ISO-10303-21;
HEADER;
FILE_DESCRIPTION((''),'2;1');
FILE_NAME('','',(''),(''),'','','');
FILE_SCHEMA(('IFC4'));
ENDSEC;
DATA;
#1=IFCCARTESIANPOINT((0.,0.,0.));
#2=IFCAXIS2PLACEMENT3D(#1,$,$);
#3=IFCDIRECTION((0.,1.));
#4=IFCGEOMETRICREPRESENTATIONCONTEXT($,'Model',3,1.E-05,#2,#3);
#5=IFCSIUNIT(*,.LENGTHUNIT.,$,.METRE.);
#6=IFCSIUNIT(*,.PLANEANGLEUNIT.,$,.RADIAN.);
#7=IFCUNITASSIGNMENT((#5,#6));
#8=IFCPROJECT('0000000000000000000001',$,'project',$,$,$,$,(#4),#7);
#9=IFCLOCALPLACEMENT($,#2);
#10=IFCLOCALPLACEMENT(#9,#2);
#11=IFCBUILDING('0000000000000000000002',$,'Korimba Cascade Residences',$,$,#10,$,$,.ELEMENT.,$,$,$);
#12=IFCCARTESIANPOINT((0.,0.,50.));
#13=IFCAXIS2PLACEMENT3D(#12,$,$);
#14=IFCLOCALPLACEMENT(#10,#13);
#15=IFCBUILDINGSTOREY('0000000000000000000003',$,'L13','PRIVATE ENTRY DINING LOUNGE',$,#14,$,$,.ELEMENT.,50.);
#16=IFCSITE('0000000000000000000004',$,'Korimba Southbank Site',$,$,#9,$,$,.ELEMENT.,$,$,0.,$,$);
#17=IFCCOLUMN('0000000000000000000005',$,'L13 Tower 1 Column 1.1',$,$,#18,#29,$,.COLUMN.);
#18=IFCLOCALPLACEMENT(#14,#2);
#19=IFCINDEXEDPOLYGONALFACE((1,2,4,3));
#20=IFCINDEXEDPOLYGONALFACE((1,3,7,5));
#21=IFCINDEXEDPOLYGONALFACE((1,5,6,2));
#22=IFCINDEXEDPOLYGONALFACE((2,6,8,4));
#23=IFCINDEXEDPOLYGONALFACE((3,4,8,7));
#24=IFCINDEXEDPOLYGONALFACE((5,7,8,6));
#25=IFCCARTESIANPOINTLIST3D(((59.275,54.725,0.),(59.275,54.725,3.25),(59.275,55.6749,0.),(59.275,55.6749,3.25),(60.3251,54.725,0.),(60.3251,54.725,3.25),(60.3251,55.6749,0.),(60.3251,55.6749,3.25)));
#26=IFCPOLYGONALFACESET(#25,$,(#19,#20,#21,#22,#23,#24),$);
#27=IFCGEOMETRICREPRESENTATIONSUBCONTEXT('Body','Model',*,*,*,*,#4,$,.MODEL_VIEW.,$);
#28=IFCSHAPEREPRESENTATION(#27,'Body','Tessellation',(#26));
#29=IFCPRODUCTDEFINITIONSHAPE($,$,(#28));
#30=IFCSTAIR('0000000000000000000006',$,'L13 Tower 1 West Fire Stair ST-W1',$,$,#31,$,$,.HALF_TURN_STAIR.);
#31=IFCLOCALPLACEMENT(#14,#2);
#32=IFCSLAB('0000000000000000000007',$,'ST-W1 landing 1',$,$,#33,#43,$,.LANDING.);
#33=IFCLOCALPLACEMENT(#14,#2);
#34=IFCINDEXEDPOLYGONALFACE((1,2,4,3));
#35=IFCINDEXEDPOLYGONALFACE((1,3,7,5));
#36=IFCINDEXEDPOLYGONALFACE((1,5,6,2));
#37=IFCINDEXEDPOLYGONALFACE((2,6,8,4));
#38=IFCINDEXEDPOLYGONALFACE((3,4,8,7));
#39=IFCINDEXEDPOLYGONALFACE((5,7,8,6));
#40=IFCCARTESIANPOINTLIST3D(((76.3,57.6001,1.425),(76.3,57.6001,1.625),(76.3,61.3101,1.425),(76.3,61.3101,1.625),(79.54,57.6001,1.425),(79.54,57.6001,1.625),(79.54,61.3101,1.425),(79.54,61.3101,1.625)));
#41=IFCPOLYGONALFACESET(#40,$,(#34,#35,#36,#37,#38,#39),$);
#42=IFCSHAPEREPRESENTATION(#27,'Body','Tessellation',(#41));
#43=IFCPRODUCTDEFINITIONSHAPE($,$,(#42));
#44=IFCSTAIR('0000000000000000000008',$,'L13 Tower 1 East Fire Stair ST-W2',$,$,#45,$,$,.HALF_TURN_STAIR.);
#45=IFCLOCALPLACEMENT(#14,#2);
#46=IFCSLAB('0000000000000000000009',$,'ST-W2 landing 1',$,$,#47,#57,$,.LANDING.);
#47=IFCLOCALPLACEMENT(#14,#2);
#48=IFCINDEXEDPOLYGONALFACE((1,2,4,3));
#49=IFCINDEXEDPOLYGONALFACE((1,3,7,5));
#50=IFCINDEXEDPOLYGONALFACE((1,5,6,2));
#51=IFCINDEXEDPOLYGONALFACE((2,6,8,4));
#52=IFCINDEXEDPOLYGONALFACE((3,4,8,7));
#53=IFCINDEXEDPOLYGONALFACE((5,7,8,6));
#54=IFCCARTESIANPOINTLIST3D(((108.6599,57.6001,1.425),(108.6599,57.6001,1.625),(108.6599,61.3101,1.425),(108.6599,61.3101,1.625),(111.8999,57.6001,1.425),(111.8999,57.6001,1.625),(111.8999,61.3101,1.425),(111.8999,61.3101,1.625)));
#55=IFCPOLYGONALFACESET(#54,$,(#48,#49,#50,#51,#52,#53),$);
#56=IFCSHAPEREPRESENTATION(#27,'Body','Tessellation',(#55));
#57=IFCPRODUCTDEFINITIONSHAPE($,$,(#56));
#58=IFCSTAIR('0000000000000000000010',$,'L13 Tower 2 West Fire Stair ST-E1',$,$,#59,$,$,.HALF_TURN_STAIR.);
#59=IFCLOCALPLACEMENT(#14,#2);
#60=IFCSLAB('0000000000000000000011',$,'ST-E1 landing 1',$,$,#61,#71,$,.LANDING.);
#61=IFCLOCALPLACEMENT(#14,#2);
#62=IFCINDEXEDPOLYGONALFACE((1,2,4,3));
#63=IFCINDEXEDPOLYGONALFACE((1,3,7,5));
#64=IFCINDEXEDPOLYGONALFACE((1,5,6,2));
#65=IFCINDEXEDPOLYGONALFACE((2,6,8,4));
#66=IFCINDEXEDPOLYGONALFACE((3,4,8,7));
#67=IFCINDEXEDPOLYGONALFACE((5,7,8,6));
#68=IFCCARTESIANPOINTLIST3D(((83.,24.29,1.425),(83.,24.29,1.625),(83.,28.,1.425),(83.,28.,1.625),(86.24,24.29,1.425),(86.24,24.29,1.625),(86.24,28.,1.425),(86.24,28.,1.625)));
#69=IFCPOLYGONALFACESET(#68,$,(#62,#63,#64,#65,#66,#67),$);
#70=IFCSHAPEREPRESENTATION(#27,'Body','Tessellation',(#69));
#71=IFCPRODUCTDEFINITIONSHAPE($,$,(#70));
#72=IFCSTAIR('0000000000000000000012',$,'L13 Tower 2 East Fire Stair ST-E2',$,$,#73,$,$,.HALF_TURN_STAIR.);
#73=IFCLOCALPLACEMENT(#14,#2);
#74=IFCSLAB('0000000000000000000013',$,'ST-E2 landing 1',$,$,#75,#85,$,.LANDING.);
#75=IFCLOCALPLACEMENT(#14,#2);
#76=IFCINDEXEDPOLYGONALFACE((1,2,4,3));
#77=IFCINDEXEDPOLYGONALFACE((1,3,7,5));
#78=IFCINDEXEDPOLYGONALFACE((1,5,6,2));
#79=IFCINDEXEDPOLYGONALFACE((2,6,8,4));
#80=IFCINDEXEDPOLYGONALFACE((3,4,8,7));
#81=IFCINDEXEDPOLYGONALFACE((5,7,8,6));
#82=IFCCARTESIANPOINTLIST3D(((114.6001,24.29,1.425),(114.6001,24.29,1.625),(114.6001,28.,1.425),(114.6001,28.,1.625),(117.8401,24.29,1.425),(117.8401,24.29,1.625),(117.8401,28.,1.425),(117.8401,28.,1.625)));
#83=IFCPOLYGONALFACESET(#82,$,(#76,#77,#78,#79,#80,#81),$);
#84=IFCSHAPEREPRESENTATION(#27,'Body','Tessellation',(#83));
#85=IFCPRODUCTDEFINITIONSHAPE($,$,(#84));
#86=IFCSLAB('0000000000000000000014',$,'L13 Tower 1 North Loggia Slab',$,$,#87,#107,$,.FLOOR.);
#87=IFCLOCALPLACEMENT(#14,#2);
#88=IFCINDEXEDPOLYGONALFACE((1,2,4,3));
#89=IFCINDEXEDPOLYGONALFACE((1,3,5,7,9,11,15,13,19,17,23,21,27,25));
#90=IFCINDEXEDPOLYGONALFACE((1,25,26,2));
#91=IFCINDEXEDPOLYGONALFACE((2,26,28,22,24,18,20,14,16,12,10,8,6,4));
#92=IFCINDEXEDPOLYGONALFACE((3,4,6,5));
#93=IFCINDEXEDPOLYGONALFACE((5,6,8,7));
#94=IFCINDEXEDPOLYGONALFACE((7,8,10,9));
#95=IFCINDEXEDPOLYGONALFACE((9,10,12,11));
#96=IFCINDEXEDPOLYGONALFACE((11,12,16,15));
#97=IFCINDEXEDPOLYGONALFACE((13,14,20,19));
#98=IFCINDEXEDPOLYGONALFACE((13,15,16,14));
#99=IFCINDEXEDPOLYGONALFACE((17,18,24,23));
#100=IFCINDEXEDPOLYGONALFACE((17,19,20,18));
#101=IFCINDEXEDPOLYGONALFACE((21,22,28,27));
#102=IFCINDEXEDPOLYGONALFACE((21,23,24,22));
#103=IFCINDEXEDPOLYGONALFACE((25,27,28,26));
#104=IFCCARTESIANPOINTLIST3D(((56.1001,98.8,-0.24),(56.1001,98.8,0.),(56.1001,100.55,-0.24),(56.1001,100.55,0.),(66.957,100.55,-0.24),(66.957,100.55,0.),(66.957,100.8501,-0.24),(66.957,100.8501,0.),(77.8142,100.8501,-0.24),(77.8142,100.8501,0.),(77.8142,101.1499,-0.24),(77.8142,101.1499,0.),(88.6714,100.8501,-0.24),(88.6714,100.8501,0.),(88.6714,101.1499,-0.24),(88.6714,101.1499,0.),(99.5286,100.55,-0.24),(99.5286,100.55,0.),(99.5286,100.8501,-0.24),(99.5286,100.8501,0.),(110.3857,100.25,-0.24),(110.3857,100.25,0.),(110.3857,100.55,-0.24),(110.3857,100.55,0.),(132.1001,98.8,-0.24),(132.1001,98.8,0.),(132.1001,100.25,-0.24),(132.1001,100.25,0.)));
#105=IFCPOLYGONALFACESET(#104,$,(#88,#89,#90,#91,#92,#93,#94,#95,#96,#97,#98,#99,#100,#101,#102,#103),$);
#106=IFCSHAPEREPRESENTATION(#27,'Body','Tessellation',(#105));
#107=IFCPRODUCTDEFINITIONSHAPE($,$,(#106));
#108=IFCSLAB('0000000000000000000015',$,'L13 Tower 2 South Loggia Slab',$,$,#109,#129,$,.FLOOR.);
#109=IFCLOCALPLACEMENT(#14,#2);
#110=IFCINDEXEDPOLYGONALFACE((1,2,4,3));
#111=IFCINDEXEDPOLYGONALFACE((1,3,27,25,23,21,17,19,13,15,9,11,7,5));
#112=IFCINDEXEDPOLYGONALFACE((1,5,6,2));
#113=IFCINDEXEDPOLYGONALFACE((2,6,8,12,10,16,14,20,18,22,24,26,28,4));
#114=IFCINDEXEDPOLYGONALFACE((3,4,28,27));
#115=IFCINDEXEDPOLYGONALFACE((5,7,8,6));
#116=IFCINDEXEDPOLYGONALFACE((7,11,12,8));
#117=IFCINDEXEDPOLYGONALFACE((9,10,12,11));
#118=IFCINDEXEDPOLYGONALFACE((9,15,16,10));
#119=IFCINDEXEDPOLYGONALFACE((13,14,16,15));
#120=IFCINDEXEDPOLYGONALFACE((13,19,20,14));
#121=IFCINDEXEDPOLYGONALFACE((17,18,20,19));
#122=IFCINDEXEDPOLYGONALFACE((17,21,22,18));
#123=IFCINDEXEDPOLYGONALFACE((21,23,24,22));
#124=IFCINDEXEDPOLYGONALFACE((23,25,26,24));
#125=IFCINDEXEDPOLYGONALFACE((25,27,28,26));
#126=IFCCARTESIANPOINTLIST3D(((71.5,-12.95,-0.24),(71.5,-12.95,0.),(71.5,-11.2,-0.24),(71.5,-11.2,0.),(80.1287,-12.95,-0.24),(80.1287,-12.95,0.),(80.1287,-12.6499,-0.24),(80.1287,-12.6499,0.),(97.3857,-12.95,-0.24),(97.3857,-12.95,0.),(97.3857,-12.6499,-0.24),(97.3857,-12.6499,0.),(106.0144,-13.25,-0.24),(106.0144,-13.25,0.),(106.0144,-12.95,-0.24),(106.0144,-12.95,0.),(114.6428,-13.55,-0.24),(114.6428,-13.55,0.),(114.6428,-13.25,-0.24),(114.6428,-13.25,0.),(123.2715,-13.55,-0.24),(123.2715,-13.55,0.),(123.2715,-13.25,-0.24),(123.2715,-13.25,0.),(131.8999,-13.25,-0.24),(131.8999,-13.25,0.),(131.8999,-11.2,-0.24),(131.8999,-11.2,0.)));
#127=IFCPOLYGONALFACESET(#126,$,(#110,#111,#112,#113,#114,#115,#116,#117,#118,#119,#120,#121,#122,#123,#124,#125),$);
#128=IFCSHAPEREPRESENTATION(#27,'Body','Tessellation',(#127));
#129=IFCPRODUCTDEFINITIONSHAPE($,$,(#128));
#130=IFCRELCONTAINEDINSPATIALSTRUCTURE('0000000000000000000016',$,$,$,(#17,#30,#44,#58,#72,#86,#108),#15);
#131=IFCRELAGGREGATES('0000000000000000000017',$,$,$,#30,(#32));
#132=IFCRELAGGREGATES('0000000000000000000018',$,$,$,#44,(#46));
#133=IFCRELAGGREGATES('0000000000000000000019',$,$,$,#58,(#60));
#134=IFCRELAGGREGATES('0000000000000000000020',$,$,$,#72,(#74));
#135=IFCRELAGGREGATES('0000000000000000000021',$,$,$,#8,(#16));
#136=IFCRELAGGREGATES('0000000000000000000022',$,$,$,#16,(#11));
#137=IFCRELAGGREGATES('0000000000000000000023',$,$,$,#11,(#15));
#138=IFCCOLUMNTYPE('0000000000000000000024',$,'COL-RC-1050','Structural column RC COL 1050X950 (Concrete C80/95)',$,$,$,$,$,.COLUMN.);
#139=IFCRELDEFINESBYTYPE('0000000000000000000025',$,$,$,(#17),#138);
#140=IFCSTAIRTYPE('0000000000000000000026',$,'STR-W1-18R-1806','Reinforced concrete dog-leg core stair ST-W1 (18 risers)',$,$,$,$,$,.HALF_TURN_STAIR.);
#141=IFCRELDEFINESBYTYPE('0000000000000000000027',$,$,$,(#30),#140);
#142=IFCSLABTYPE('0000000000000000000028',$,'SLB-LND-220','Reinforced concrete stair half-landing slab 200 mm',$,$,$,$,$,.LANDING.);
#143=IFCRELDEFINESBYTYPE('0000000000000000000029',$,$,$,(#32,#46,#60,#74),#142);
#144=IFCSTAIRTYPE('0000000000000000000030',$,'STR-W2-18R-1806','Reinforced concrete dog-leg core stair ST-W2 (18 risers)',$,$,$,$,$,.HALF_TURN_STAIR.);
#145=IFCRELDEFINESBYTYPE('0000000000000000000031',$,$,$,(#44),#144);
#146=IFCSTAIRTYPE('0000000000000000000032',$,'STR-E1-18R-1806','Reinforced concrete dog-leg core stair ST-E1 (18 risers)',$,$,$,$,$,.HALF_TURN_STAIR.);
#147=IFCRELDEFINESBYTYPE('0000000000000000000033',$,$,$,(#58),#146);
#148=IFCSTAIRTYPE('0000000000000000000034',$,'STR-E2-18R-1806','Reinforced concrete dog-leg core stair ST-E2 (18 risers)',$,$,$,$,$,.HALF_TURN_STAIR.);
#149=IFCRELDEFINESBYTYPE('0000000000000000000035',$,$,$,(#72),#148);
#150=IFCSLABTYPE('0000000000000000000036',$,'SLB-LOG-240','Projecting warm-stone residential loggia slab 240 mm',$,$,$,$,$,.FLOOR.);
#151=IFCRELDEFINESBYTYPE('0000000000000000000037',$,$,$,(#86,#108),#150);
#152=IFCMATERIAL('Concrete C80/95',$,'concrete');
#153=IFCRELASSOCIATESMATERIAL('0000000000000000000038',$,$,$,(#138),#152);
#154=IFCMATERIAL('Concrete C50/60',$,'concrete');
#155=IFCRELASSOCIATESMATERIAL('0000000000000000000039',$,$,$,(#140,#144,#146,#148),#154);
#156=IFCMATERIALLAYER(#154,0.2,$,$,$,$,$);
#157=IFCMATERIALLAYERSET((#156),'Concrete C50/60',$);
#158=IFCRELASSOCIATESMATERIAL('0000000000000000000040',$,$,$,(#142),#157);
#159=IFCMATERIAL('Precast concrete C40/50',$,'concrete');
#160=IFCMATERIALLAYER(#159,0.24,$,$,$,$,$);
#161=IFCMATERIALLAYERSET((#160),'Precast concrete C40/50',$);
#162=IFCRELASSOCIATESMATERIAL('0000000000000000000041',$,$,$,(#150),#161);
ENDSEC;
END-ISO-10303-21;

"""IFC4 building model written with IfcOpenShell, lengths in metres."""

from ifc_helpers import new_model, si_unit, direction, frame, origin, origin_2d, place, context, subcontext, project, spatial, polyline, rectangle, outline, extrude, material, layer, layer_set, material_profile, profile_set, type_object, element, aggregate, save


model = new_model("IFC4")

# Units and contexts
model_context = context("Model", 3, precision=1e-05, world=origin(), true_north=direction((0.0, 1.0)))
body_context = subcontext(model_context, "Body", "Model", "MODEL_VIEW")
ifc_project = project(units=[si_unit("LENGTHUNIT", "METRE"), si_unit("PLANEANGLEUNIT", "RADIAN")], contexts=[model_context])

# Site, building, storey
site_placement = place(None, origin())
site = spatial("IfcSite", under=ifc_project, at=site_placement, Name="Korimba Southbank Site", CompositionType="ELEMENT", RefElevation=0.0)
building_placement = place(site_placement, origin())
building = spatial("IfcBuilding", under=site, at=building_placement, Name="Korimba Cascade Residences", CompositionType="ELEMENT")
storey_placement = place(building_placement, frame((0.0, 0.0, 50.0)))
storey = spatial("IfcBuildingStorey", under=building, at=storey_placement, Name="L13", Description="PRIVATE ENTRY DINING LOUNGE", CompositionType="ELEMENT", Elevation=50.0)

# Column
ifc_material_1 = material(Name="Concrete C80/95", Category="concrete")
ifc_material_profile = material_profile(ifc_material_1, rectangle(XDim=1.05, YDim=0.95, at=origin_2d()), Name="Concrete C80/95")
ifc_profile_set = profile_set([ifc_material_profile], Name="Concrete C80/95")
column_type = type_object("IfcColumnType", Name="COL-RC-1050", Description="Structural column RC COL 1050X950 (Concrete C80/95)", PredefinedType="COLUMN", material=ifc_profile_set)
column_placement = place(storey_placement, frame((59.8, 55.2, 0.0), z_axis=(0.0, 0.0, 1.0), x_axis=(1.0, 0.0, 0.0)))
element("IfcColumn", 1, at=column_placement, inside=storey, type_object=column_type, Name="L13 Tower 1 Column 1.1", PredefinedType="COLUMN", context=body_context, shape_type="SweptSolid", body=[
    extrude(rectangle(XDim=1.05, YDim=0.95, at=origin_2d()), origin(), (0.0, 0.0, 1.0), 3.25),
])

# Stairs, slabs
ifc_material_2 = material(Name="Concrete C50/60", Category="concrete")
stair_type_1 = type_object("IfcStairType", Name="STR-W1-18R-1806", Description="Reinforced concrete dog-leg core stair ST-W1 (18 risers)", PredefinedType="HALF_TURN_STAIR", material=ifc_material_2)
stair_1_placement = place(storey_placement, origin())
stair_1 = element("IfcStair", 2, at=stair_1_placement, inside=storey, type_object=stair_type_1, Name="L13 Tower 1 West Fire Stair ST-W1", PredefinedType="HALF_TURN_STAIR")
ifc_layer_1 = layer(ifc_material_2, 0.2)
ifc_layer_set_1 = layer_set([ifc_layer_1], Name="Concrete C50/60")
slab_type_1 = type_object("IfcSlabType", Name="SLB-LND-220", Description="Reinforced concrete stair half-landing slab 200 mm", PredefinedType="LANDING", material=ifc_layer_set_1)
slab_1_placement = place(storey_placement, frame((0.0, 0.0, 1.425)))
slab_1 = element("IfcSlab", 3, at=slab_1_placement, type_object=slab_type_1, Name="ST-W1 landing 1", PredefinedType="LANDING", context=body_context, shape_type="SweptSolid", body=[
    extrude(outline(polyline([(76.3, 61.3101), (76.3, 57.6001), (79.54, 57.6001), (79.54, 61.3101), (76.3, 61.3101)])), origin(), (0.0, 0.0, 1.0), 0.2),
])
aggregate(stair_1, [slab_1])
stair_type_2 = type_object("IfcStairType", Name="STR-W2-18R-1806", Description="Reinforced concrete dog-leg core stair ST-W2 (18 risers)", PredefinedType="HALF_TURN_STAIR", material=ifc_material_2)
stair_2_placement = place(storey_placement, origin())
stair_2 = element("IfcStair", 4, at=stair_2_placement, inside=storey, type_object=stair_type_2, Name="L13 Tower 1 East Fire Stair ST-W2", PredefinedType="HALF_TURN_STAIR")
slab_2_placement = place(storey_placement, frame((0.0, 0.0, 1.425)))
slab_2 = element("IfcSlab", 5, at=slab_2_placement, type_object=slab_type_1, Name="ST-W2 landing 1", PredefinedType="LANDING", context=body_context, shape_type="SweptSolid", body=[
    extrude(outline(polyline([(108.6599, 61.3101), (108.6599, 57.6001), (111.8999, 57.6001), (111.8999, 61.3101), (108.6599, 61.3101)])), origin(), (0.0, 0.0, 1.0), 0.2),
])
aggregate(stair_2, [slab_2])
stair_type_3 = type_object("IfcStairType", Name="STR-E1-18R-1806", Description="Reinforced concrete dog-leg core stair ST-E1 (18 risers)", PredefinedType="HALF_TURN_STAIR", material=ifc_material_2)
stair_3_placement = place(storey_placement, origin())
stair_3 = element("IfcStair", 6, at=stair_3_placement, inside=storey, type_object=stair_type_3, Name="L13 Tower 2 West Fire Stair ST-E1", PredefinedType="HALF_TURN_STAIR")
slab_3_placement = place(storey_placement, frame((0.0, 0.0, 1.425)))
slab_3 = element("IfcSlab", 7, at=slab_3_placement, type_object=slab_type_1, Name="ST-E1 landing 1", PredefinedType="LANDING", context=body_context, shape_type="SweptSolid", body=[
    extrude(outline(polyline([(86.24, 24.29), (86.24, 28.0), (83.0, 28.0), (83.0, 24.29), (86.24, 24.29)])), origin(), (0.0, 0.0, 1.0), 0.2),
])
aggregate(stair_3, [slab_3])
stair_type_4 = type_object("IfcStairType", Name="STR-E2-18R-1806", Description="Reinforced concrete dog-leg core stair ST-E2 (18 risers)", PredefinedType="HALF_TURN_STAIR", material=ifc_material_2)
stair_4_placement = place(storey_placement, origin())
stair_4 = element("IfcStair", 8, at=stair_4_placement, inside=storey, type_object=stair_type_4, Name="L13 Tower 2 East Fire Stair ST-E2", PredefinedType="HALF_TURN_STAIR")
slab_4_placement = place(storey_placement, frame((0.0, 0.0, 1.425)))
slab_4 = element("IfcSlab", 9, at=slab_4_placement, type_object=slab_type_1, Name="ST-E2 landing 1", PredefinedType="LANDING", context=body_context, shape_type="SweptSolid", body=[
    extrude(outline(polyline([(117.8401, 24.29), (117.8401, 28.0), (114.6001, 28.0), (114.6001, 24.29), (117.8401, 24.29)])), origin(), (0.0, 0.0, 1.0), 0.2),
])
aggregate(stair_4, [slab_4])

# Slabs
ifc_material_3 = material(Name="Precast concrete C40/50", Category="concrete")
ifc_layer_2 = layer(ifc_material_3, 0.24)
ifc_layer_set_2 = layer_set([ifc_layer_2], Name="Precast concrete C40/50")
slab_type_2 = type_object("IfcSlabType", Name="SLB-LOG-240", Description="Projecting warm-stone residential loggia slab 240 mm", PredefinedType="FLOOR", material=ifc_layer_set_2)
slab_5_placement = place(storey_placement, frame((0.0, 0.0, -0.24)))
element("IfcSlab", 10, at=slab_5_placement, inside=storey, type_object=slab_type_2, Name="L13 Tower 1 North Loggia Slab", PredefinedType="FLOOR", context=body_context, shape_type="SweptSolid", body=[
    extrude(outline(polyline([(56.1001, 98.8), (132.1001, 98.8), (132.1001, 100.25), (110.3857, 100.25), (110.3857, 100.55), (99.5286, 100.55), (99.5286, 100.8501), (88.6714, 100.8501), (88.6714, 101.1499), (77.8142, 101.1499), (77.8142, 100.8501), (66.957, 100.8501), (66.957, 100.55), (56.1001, 100.55), (56.1001, 98.8)])), origin(), (0.0, 0.0, 1.0), 0.24),
])
slab_6_placement = place(storey_placement, frame((0.0, 0.0, -0.24)))
element("IfcSlab", 11, at=slab_6_placement, inside=storey, type_object=slab_type_2, Name="L13 Tower 2 South Loggia Slab", PredefinedType="FLOOR", context=body_context, shape_type="SweptSolid", body=[
    extrude(outline(polyline([(71.5, -12.95), (80.1287, -12.95), (80.1287, -12.6499), (97.3857, -12.6499), (97.3857, -12.95), (106.0144, -12.95), (106.0144, -13.25), (114.6428, -13.25), (114.6428, -13.55), (123.2715, -13.55), (123.2715, -13.25), (131.8999, -13.25), (131.8999, -11.2), (71.5, -11.2), (71.5, -12.95)])), origin(), (0.0, 0.0, 1.0), 0.24),
])

save(model, "model.ifc")
